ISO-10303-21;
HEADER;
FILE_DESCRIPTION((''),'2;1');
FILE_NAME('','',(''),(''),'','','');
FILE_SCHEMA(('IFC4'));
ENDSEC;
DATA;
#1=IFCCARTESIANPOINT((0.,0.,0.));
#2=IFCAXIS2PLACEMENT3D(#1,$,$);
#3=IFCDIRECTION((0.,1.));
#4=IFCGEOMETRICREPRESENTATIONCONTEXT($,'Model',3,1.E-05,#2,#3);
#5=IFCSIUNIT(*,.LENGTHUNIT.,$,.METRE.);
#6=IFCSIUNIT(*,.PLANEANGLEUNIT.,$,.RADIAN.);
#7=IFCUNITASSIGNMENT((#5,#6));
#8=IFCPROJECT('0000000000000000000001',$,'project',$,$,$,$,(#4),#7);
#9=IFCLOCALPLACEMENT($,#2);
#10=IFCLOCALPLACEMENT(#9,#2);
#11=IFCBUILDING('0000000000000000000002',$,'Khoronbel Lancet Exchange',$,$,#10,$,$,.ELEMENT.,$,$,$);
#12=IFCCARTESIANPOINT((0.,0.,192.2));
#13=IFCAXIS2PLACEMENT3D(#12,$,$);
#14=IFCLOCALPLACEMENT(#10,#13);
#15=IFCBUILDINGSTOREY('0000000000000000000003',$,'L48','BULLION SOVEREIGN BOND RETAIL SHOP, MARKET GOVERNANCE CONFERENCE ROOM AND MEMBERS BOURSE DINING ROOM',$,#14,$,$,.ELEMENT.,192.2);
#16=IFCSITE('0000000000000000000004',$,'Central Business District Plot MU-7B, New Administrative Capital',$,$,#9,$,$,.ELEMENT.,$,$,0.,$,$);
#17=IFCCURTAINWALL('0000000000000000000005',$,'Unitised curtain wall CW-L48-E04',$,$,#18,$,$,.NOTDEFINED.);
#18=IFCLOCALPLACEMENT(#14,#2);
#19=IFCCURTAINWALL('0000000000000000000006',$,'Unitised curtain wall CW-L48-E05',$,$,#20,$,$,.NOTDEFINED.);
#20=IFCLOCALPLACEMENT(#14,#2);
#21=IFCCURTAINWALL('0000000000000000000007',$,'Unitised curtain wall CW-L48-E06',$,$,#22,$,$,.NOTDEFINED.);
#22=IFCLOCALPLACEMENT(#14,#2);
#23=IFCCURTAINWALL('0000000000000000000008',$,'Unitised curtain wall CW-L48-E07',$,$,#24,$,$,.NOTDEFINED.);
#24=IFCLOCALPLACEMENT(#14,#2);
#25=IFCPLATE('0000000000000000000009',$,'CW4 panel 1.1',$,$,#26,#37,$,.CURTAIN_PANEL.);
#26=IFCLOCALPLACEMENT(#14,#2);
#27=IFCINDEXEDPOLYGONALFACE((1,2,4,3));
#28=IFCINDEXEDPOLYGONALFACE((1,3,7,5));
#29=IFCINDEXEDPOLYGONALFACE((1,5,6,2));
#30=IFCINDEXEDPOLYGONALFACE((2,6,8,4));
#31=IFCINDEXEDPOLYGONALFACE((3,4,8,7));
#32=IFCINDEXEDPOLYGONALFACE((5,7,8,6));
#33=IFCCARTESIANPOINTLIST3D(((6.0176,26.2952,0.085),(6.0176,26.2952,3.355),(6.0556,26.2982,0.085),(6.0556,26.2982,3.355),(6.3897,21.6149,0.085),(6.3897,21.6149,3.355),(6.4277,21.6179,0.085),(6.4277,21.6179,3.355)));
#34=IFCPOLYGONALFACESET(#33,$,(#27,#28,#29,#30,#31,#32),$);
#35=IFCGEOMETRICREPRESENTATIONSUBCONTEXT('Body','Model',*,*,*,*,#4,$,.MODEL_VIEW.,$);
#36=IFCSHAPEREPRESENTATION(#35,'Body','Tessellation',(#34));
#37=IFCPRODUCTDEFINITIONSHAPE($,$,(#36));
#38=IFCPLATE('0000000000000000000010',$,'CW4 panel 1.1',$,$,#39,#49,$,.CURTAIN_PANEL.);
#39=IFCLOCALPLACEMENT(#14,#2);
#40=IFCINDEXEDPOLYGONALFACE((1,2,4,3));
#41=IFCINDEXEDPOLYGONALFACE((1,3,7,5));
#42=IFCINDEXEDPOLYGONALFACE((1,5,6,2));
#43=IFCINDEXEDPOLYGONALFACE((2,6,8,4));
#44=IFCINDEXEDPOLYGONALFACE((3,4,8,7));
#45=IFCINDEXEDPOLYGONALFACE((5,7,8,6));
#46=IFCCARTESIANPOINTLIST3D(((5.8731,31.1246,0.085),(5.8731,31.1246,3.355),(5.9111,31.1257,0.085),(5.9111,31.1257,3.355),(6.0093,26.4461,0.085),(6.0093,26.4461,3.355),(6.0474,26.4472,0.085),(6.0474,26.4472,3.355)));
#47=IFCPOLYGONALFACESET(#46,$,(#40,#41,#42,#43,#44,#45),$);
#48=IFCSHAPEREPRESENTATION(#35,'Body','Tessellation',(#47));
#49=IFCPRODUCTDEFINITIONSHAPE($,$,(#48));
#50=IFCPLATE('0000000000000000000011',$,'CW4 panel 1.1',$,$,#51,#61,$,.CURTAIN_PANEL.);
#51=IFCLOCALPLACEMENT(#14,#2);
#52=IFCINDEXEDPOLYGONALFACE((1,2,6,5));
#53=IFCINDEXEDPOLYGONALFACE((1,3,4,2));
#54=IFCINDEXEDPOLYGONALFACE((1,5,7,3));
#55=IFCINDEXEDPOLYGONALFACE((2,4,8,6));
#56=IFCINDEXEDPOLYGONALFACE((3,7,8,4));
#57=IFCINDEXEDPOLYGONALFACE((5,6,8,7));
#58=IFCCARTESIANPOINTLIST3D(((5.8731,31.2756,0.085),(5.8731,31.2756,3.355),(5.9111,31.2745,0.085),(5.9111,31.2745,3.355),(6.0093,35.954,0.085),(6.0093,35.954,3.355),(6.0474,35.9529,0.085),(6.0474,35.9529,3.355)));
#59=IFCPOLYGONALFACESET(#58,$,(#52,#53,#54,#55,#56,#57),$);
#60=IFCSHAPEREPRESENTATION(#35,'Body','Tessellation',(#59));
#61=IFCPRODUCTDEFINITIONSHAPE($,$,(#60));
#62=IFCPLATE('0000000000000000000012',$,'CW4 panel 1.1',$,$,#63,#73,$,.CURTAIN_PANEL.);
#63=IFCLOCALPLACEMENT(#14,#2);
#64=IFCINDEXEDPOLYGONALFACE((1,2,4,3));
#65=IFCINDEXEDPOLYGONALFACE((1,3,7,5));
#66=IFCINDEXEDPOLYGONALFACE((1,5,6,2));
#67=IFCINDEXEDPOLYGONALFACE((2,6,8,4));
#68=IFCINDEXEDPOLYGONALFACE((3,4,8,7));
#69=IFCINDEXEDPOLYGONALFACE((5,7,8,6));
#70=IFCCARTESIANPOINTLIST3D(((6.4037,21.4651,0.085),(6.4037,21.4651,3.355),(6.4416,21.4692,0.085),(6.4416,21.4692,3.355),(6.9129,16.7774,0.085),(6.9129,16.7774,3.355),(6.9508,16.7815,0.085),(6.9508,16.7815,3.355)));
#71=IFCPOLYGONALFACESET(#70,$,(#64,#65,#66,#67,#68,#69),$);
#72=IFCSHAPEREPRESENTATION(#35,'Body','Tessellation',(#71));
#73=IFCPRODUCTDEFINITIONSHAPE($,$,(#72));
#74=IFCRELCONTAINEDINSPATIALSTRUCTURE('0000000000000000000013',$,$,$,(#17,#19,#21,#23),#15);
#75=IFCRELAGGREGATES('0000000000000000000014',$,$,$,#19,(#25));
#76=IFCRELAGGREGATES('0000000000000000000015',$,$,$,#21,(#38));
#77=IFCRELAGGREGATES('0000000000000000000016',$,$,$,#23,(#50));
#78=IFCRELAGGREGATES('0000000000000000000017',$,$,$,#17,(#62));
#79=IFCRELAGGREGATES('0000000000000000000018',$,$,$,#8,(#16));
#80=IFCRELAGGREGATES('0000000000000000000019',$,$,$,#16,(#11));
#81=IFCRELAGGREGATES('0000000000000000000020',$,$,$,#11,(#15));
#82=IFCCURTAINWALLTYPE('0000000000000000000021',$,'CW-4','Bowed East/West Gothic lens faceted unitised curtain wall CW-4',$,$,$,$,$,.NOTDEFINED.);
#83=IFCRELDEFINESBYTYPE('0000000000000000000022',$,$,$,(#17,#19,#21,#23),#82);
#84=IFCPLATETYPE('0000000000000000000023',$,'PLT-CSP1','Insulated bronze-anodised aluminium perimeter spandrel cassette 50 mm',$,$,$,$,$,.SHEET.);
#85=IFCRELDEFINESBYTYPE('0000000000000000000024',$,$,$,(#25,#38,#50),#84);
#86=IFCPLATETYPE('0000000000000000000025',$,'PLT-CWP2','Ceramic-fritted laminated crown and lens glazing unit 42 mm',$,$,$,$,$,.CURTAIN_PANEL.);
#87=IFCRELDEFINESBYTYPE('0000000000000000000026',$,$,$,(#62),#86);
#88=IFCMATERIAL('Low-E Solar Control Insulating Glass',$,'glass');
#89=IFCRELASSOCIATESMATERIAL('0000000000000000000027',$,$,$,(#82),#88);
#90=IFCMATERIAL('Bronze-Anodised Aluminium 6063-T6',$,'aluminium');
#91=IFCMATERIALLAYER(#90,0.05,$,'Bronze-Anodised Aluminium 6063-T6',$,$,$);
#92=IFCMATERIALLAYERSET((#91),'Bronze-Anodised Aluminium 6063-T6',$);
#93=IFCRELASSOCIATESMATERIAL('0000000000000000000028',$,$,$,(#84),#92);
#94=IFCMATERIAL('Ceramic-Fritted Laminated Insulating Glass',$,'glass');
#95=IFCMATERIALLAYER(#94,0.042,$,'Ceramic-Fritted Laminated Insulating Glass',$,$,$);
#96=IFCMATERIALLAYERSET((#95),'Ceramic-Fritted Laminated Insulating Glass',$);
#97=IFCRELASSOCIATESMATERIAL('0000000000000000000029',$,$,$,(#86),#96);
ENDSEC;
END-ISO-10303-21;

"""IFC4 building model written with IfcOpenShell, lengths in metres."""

from ifc_helpers import new_model, si_unit, direction, frame, origin, origin_2d, place, context, subcontext, project, spatial, rectangle, extrude, material, layer, layer_set, type_object, element, aggregate, save


model = new_model("IFC4")

# Units and contexts
model_context = context("Model", 3, precision=1e-05, world=origin(), true_north=direction((0.0, 1.0)))
body_context = subcontext(model_context, "Body", "Model", "MODEL_VIEW")
ifc_project = project(units=[si_unit("LENGTHUNIT", "METRE"), si_unit("PLANEANGLEUNIT", "RADIAN")], contexts=[model_context])

# Site, building, storey
site_placement = place(None, origin())
site = spatial("IfcSite", under=ifc_project, at=site_placement, Name="Central Business District Plot MU-7B, New Administrative Capital", CompositionType="ELEMENT", RefElevation=0.0)
building_placement = place(site_placement, origin())
building = spatial("IfcBuilding", under=site, at=building_placement, Name="Khoronbel Lancet Exchange", CompositionType="ELEMENT")
storey_placement = place(building_placement, frame((0.0, 0.0, 192.2)))
storey = spatial("IfcBuildingStorey", under=building, at=storey_placement, Name="L48", Description="BULLION SOVEREIGN BOND RETAIL SHOP, MARKET GOVERNANCE CONFERENCE ROOM AND MEMBERS BOURSE DINING ROOM", CompositionType="ELEMENT", Elevation=192.2)

# Curtain walls
ifc_material_1 = material(Name="Low-E Solar Control Insulating Glass", Category="glass")
curtain_wall_type = type_object("IfcCurtainWallType", Name="CW-4", Description="Bowed East/West Gothic lens faceted unitised curtain wall CW-4", PredefinedType="NOTDEFINED", material=ifc_material_1)
curtain_wall_1_placement = place(storey_placement, origin())
curtain_wall_1 = element("IfcCurtainWall", 1, at=curtain_wall_1_placement, inside=storey, type_object=curtain_wall_type, Name="Unitised curtain wall CW-L48-E04", PredefinedType="NOTDEFINED")
ifc_material_2 = material(Name="Bronze-Anodised Aluminium 6063-T6", Category="aluminium")
curtain_wall_2_placement = place(storey_placement, origin())
curtain_wall_2 = element("IfcCurtainWall", 2, at=curtain_wall_2_placement, inside=storey, type_object=curtain_wall_type, Name="Unitised curtain wall CW-L48-E05", PredefinedType="NOTDEFINED")
curtain_wall_3_placement = place(storey_placement, origin())
curtain_wall_3 = element("IfcCurtainWall", 3, at=curtain_wall_3_placement, inside=storey, type_object=curtain_wall_type, Name="Unitised curtain wall CW-L48-E06", PredefinedType="NOTDEFINED")

# Curtain wall
curtain_wall_4_placement = place(storey_placement, origin())
curtain_wall_4 = element("IfcCurtainWall", 4, at=curtain_wall_4_placement, inside=storey, type_object=curtain_wall_type, Name="Unitised curtain wall CW-L48-E07", PredefinedType="NOTDEFINED")

# Plates
ifc_layer_1 = layer(ifc_material_2, 0.05, Name="Bronze-Anodised Aluminium 6063-T6")
ifc_layer_set_1 = layer_set([ifc_layer_1], Name="Bronze-Anodised Aluminium 6063-T6")
plate_type_1 = type_object("IfcPlateType", Name="PLT-CSP1", Description="Insulated bronze-anodised aluminium perimeter spandrel cassette 50 mm", PredefinedType="SHEET", material=ifc_layer_set_1)
plate_1_placement = place(storey_placement, frame((6.2227, 23.9565, 0.085), z_axis=(0.0, 0.0, 1.0), x_axis=(-0.079255, 0.996854, 0.0)))
plate_1 = element("IfcPlate", 5, at=plate_1_placement, type_object=plate_type_1, Name="CW4 panel 1.1", PredefinedType="CURTAIN_PANEL", context=body_context, shape_type="SweptSolid", body=[
    extrude(rectangle(XDim=4.6951, YDim=0.0381, at=origin_2d()), origin(), (0.0, 0.0, 1.0), 3.27),
])
aggregate(curtain_wall_2, [plate_1])
plate_2_placement = place(storey_placement, frame((5.9602, 28.7859, 0.085), z_axis=(0.0, 0.0, 1.0), x_axis=(-0.029107, 0.999576, 0.0)))
plate_2 = element("IfcPlate", 6, at=plate_2_placement, type_object=plate_type_1, Name="CW4 panel 1.1", PredefinedType="CURTAIN_PANEL", context=body_context, shape_type="SweptSolid", body=[
    extrude(rectangle(XDim=4.6804, YDim=0.0381, at=origin_2d()), origin(), (0.0, 0.0, 1.0), 3.27),
])
aggregate(curtain_wall_3, [plate_2])
plate_3_placement = place(storey_placement, frame((5.9602, 33.6143, 0.085), z_axis=(0.0, 0.0, 1.0), x_axis=(0.029107, 0.999576, 0.0)))
plate_3 = element("IfcPlate", 7, at=plate_3_placement, type_object=plate_type_1, Name="CW4 panel 1.1", PredefinedType="CURTAIN_PANEL", context=body_context, shape_type="SweptSolid", body=[
    extrude(rectangle(XDim=4.6804, YDim=0.0381, at=origin_2d()), origin(), (0.0, 0.0, 1.0), 3.27),
])
aggregate(curtain_wall_4, [plate_3])
ifc_material_3 = material(Name="Ceramic-Fritted Laminated Insulating Glass", Category="glass")
ifc_layer_2 = layer(ifc_material_3, 0.042, Name="Ceramic-Fritted Laminated Insulating Glass")
ifc_layer_set_2 = layer_set([ifc_layer_2], Name="Ceramic-Fritted Laminated Insulating Glass")
plate_type_2 = type_object("IfcPlateType", Name="PLT-CWP2", Description="Ceramic-fritted laminated crown and lens glazing unit 42 mm", PredefinedType="CURTAIN_PANEL", material=ifc_layer_set_2)
plate_4_placement = place(storey_placement, frame((6.6772, 19.1233, 0.085), z_axis=(0.0, 0.0, 1.0), x_axis=(-0.10799, 0.994152, 0.0)))
plate_4 = element("IfcPlate", 8, at=plate_4_placement, type_object=plate_type_2, Name="CW4 panel 1.1", PredefinedType="CURTAIN_PANEL", context=body_context, shape_type="SweptSolid", body=[
    extrude(rectangle(XDim=4.7153, YDim=0.0381, at=origin_2d()), origin(), (0.0, 0.0, 1.0), 3.27),
])
aggregate(curtain_wall_1, [plate_4])

save(model, "model.ifc")
